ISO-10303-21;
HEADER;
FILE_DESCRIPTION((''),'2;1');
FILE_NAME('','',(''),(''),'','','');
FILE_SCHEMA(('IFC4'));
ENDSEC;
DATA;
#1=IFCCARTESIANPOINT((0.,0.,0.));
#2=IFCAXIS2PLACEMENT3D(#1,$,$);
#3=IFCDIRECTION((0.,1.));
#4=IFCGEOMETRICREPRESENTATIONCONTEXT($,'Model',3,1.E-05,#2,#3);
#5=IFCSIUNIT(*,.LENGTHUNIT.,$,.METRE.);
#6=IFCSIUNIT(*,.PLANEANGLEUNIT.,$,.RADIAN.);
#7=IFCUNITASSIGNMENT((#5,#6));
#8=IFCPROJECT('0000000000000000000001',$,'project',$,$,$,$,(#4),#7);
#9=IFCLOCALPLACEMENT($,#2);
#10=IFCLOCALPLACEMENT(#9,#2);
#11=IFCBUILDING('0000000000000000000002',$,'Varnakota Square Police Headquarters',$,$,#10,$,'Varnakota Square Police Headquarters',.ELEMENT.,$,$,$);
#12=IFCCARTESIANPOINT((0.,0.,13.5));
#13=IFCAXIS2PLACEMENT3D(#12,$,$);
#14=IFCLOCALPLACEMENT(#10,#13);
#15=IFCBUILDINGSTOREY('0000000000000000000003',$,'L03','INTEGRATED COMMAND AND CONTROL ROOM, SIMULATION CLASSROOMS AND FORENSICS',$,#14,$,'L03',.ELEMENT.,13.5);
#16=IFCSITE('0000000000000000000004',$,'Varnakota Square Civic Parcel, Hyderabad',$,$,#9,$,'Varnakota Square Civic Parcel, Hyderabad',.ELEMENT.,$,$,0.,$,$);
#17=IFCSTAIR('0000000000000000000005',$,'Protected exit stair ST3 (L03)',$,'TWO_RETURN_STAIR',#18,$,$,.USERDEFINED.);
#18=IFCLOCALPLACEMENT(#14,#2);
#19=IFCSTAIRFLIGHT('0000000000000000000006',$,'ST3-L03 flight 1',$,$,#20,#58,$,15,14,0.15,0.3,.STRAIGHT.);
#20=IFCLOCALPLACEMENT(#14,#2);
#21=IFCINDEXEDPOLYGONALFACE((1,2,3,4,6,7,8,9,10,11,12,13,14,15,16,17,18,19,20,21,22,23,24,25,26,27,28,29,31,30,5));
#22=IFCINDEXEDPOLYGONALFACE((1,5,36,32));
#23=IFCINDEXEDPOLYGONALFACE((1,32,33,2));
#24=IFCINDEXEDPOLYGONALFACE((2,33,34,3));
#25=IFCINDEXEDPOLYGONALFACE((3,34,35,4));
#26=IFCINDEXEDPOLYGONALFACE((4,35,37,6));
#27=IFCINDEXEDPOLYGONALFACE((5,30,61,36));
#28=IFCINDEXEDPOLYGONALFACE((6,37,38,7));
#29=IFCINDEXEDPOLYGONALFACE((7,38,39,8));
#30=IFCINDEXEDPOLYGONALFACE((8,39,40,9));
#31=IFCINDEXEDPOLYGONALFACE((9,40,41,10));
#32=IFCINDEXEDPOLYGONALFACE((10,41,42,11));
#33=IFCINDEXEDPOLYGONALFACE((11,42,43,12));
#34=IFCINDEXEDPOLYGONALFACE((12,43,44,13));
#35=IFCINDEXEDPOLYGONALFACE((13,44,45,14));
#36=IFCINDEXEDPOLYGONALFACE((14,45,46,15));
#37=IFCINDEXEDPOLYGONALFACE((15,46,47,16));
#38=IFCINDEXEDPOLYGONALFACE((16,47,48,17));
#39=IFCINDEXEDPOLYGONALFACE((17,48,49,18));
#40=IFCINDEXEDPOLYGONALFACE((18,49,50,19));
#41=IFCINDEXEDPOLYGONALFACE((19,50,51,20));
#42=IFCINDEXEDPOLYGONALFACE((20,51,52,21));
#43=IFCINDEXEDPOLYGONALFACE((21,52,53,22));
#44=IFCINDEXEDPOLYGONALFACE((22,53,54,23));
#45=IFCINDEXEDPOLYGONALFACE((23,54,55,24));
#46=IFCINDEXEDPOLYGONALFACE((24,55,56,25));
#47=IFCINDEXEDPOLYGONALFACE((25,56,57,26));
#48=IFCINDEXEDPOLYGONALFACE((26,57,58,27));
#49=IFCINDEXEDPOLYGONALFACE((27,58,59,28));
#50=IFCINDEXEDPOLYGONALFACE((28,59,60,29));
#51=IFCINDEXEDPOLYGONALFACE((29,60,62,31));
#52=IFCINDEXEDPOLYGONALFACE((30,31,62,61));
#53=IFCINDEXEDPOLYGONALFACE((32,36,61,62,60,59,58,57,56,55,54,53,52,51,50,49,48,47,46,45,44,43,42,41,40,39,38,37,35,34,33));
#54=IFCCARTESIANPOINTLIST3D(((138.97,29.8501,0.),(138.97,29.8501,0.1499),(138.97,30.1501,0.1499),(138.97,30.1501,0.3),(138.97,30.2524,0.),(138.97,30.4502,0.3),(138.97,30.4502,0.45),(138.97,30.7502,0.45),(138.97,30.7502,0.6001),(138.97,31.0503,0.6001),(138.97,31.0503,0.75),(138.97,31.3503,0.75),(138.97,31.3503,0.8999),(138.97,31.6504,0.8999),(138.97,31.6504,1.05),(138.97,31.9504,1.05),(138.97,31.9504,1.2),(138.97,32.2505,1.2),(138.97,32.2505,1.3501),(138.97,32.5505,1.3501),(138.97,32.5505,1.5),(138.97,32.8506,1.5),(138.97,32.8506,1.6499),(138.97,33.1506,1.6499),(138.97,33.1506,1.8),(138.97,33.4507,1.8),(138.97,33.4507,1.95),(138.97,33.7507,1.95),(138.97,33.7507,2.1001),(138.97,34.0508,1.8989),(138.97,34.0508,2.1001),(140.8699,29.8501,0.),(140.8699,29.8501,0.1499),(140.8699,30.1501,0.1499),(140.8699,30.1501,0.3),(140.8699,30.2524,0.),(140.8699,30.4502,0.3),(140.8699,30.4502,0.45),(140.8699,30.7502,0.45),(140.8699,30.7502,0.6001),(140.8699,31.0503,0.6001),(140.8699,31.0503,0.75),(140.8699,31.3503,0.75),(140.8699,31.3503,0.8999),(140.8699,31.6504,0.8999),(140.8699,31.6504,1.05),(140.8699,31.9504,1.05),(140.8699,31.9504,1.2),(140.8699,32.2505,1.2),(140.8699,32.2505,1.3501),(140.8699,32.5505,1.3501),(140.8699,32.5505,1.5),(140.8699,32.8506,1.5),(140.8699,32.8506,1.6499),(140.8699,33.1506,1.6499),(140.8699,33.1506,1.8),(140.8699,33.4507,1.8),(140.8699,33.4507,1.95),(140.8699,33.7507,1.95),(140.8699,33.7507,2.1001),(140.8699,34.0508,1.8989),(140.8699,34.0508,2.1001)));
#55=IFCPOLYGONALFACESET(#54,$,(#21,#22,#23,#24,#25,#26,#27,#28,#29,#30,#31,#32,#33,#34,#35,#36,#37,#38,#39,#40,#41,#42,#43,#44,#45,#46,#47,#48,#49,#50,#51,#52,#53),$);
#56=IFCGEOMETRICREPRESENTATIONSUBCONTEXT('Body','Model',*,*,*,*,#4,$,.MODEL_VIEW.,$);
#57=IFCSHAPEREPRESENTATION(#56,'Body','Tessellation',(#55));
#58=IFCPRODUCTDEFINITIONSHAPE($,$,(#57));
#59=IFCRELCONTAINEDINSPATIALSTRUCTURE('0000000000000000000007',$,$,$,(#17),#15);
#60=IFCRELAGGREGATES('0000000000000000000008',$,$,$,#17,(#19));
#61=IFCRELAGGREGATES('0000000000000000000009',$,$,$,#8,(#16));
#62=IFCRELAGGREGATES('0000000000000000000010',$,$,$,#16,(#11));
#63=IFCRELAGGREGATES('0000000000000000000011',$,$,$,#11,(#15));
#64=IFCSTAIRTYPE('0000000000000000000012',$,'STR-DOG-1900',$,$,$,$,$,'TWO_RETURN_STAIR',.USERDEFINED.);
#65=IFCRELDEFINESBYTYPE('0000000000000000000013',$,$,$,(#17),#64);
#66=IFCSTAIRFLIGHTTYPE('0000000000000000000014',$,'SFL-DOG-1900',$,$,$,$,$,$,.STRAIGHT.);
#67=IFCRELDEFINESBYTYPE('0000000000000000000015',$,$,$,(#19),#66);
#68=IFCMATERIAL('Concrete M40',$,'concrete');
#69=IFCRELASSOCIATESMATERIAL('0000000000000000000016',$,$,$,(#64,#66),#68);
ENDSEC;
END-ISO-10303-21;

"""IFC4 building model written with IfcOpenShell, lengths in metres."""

from ifc_helpers import new_model, si_unit, direction, frame, origin, place, context, subcontext, project, spatial, polyline, outline, extrude, material, type_object, element, aggregate, save


model = new_model("IFC4")

# Units and contexts
model_context = context("Model", 3, precision=1e-05, world=origin(), true_north=direction((0.0, 1.0)))
body_context = subcontext(model_context, "Body", "Model", "MODEL_VIEW")
ifc_project = project(units=[si_unit("LENGTHUNIT", "METRE"), si_unit("PLANEANGLEUNIT", "RADIAN")], contexts=[model_context])

# Site, building, storey
site_placement = place(None, origin())
site = spatial("IfcSite", under=ifc_project, at=site_placement, Name="Varnakota Square Civic Parcel, Hyderabad", LongName="Varnakota Square Civic Parcel, Hyderabad", CompositionType="ELEMENT", RefElevation=0.0)
building_placement = place(site_placement, origin())
building = spatial("IfcBuilding", under=site, at=building_placement, Name="Varnakota Square Police Headquarters", LongName="Varnakota Square Police Headquarters", CompositionType="ELEMENT")
storey_placement = place(building_placement, frame((0.0, 0.0, 13.5)))
storey = spatial("IfcBuildingStorey", under=building, at=storey_placement, Name="L03", Description="INTEGRATED COMMAND AND CONTROL ROOM, SIMULATION CLASSROOMS AND FORENSICS", LongName="L03", CompositionType="ELEMENT", Elevation=13.5)

# Stair, stair flight
ifc_material_1 = material(Name="Concrete M40", Category="concrete")
stair_type = type_object("IfcStairType", Name="STR-DOG-1900", ElementType="TWO_RETURN_STAIR", PredefinedType="USERDEFINED", material=ifc_material_1)
stair_placement = place(storey_placement, origin())
stair = element("IfcStair", 1, at=stair_placement, inside=storey, type_object=stair_type, Name="Protected exit stair ST3 (L03)", ObjectType="TWO_RETURN_STAIR", PredefinedType="USERDEFINED")
stair_flight_type = type_object("IfcStairFlightType", Name="SFL-DOG-1900", PredefinedType="STRAIGHT", material=ifc_material_1)
stair_flight_placement = place(storey_placement, frame((139.9199, 29.8501, 0.0), z_axis=(0.0, 0.0, 1.0), x_axis=(0.0, 1.0, 0.0)))
stair_flight = element("IfcStairFlight", 2, at=stair_flight_placement, type_object=stair_flight_type, Name="ST3-L03 flight 1", NumberOfRisers=15, NumberOfTreads=14, PredefinedType="STRAIGHT", RiserHeight=0.15, TreadLength=0.3, context=body_context, shape_type="SweptSolid", body=[
    extrude(outline(polyline([(0.0, 0.0), (0.0, 0.1499), (0.3, 0.1499), (0.3, 0.3), (0.6001, 0.3), (0.6001, 0.45), (0.9001, 0.45), (0.9001, 0.6001), (1.2002, 0.6001), (1.2002, 0.75), (1.5002, 0.75), (1.5002, 0.8999), (1.8003, 0.8999), (1.8003, 1.05), (2.1003, 1.05), (2.1003, 1.2), (2.4004, 1.2), (2.4004, 1.3501), (2.7004, 1.3501), (2.7004, 1.5), (3.0005, 1.5), (3.0005, 1.6499), (3.3005, 1.6499), (3.3005, 1.8), (3.6006, 1.8), (3.6006, 1.95), (3.9006, 1.95), (3.9006, 2.1001), (4.2007, 2.1001), (4.2007, 2.25), (4.2007, 1.8989), (0.4023, 0.0), (0.0, 0.0)])), frame((0.0, 0.95, 0.0), z_axis=(0.0, -1.0, 0.0), x_axis=(1.0, 0.0, 0.0)), (0.0, 0.0, 1.0), 1.8999),
])
aggregate(stair, [stair_flight])

save(model, "model.ifc")
